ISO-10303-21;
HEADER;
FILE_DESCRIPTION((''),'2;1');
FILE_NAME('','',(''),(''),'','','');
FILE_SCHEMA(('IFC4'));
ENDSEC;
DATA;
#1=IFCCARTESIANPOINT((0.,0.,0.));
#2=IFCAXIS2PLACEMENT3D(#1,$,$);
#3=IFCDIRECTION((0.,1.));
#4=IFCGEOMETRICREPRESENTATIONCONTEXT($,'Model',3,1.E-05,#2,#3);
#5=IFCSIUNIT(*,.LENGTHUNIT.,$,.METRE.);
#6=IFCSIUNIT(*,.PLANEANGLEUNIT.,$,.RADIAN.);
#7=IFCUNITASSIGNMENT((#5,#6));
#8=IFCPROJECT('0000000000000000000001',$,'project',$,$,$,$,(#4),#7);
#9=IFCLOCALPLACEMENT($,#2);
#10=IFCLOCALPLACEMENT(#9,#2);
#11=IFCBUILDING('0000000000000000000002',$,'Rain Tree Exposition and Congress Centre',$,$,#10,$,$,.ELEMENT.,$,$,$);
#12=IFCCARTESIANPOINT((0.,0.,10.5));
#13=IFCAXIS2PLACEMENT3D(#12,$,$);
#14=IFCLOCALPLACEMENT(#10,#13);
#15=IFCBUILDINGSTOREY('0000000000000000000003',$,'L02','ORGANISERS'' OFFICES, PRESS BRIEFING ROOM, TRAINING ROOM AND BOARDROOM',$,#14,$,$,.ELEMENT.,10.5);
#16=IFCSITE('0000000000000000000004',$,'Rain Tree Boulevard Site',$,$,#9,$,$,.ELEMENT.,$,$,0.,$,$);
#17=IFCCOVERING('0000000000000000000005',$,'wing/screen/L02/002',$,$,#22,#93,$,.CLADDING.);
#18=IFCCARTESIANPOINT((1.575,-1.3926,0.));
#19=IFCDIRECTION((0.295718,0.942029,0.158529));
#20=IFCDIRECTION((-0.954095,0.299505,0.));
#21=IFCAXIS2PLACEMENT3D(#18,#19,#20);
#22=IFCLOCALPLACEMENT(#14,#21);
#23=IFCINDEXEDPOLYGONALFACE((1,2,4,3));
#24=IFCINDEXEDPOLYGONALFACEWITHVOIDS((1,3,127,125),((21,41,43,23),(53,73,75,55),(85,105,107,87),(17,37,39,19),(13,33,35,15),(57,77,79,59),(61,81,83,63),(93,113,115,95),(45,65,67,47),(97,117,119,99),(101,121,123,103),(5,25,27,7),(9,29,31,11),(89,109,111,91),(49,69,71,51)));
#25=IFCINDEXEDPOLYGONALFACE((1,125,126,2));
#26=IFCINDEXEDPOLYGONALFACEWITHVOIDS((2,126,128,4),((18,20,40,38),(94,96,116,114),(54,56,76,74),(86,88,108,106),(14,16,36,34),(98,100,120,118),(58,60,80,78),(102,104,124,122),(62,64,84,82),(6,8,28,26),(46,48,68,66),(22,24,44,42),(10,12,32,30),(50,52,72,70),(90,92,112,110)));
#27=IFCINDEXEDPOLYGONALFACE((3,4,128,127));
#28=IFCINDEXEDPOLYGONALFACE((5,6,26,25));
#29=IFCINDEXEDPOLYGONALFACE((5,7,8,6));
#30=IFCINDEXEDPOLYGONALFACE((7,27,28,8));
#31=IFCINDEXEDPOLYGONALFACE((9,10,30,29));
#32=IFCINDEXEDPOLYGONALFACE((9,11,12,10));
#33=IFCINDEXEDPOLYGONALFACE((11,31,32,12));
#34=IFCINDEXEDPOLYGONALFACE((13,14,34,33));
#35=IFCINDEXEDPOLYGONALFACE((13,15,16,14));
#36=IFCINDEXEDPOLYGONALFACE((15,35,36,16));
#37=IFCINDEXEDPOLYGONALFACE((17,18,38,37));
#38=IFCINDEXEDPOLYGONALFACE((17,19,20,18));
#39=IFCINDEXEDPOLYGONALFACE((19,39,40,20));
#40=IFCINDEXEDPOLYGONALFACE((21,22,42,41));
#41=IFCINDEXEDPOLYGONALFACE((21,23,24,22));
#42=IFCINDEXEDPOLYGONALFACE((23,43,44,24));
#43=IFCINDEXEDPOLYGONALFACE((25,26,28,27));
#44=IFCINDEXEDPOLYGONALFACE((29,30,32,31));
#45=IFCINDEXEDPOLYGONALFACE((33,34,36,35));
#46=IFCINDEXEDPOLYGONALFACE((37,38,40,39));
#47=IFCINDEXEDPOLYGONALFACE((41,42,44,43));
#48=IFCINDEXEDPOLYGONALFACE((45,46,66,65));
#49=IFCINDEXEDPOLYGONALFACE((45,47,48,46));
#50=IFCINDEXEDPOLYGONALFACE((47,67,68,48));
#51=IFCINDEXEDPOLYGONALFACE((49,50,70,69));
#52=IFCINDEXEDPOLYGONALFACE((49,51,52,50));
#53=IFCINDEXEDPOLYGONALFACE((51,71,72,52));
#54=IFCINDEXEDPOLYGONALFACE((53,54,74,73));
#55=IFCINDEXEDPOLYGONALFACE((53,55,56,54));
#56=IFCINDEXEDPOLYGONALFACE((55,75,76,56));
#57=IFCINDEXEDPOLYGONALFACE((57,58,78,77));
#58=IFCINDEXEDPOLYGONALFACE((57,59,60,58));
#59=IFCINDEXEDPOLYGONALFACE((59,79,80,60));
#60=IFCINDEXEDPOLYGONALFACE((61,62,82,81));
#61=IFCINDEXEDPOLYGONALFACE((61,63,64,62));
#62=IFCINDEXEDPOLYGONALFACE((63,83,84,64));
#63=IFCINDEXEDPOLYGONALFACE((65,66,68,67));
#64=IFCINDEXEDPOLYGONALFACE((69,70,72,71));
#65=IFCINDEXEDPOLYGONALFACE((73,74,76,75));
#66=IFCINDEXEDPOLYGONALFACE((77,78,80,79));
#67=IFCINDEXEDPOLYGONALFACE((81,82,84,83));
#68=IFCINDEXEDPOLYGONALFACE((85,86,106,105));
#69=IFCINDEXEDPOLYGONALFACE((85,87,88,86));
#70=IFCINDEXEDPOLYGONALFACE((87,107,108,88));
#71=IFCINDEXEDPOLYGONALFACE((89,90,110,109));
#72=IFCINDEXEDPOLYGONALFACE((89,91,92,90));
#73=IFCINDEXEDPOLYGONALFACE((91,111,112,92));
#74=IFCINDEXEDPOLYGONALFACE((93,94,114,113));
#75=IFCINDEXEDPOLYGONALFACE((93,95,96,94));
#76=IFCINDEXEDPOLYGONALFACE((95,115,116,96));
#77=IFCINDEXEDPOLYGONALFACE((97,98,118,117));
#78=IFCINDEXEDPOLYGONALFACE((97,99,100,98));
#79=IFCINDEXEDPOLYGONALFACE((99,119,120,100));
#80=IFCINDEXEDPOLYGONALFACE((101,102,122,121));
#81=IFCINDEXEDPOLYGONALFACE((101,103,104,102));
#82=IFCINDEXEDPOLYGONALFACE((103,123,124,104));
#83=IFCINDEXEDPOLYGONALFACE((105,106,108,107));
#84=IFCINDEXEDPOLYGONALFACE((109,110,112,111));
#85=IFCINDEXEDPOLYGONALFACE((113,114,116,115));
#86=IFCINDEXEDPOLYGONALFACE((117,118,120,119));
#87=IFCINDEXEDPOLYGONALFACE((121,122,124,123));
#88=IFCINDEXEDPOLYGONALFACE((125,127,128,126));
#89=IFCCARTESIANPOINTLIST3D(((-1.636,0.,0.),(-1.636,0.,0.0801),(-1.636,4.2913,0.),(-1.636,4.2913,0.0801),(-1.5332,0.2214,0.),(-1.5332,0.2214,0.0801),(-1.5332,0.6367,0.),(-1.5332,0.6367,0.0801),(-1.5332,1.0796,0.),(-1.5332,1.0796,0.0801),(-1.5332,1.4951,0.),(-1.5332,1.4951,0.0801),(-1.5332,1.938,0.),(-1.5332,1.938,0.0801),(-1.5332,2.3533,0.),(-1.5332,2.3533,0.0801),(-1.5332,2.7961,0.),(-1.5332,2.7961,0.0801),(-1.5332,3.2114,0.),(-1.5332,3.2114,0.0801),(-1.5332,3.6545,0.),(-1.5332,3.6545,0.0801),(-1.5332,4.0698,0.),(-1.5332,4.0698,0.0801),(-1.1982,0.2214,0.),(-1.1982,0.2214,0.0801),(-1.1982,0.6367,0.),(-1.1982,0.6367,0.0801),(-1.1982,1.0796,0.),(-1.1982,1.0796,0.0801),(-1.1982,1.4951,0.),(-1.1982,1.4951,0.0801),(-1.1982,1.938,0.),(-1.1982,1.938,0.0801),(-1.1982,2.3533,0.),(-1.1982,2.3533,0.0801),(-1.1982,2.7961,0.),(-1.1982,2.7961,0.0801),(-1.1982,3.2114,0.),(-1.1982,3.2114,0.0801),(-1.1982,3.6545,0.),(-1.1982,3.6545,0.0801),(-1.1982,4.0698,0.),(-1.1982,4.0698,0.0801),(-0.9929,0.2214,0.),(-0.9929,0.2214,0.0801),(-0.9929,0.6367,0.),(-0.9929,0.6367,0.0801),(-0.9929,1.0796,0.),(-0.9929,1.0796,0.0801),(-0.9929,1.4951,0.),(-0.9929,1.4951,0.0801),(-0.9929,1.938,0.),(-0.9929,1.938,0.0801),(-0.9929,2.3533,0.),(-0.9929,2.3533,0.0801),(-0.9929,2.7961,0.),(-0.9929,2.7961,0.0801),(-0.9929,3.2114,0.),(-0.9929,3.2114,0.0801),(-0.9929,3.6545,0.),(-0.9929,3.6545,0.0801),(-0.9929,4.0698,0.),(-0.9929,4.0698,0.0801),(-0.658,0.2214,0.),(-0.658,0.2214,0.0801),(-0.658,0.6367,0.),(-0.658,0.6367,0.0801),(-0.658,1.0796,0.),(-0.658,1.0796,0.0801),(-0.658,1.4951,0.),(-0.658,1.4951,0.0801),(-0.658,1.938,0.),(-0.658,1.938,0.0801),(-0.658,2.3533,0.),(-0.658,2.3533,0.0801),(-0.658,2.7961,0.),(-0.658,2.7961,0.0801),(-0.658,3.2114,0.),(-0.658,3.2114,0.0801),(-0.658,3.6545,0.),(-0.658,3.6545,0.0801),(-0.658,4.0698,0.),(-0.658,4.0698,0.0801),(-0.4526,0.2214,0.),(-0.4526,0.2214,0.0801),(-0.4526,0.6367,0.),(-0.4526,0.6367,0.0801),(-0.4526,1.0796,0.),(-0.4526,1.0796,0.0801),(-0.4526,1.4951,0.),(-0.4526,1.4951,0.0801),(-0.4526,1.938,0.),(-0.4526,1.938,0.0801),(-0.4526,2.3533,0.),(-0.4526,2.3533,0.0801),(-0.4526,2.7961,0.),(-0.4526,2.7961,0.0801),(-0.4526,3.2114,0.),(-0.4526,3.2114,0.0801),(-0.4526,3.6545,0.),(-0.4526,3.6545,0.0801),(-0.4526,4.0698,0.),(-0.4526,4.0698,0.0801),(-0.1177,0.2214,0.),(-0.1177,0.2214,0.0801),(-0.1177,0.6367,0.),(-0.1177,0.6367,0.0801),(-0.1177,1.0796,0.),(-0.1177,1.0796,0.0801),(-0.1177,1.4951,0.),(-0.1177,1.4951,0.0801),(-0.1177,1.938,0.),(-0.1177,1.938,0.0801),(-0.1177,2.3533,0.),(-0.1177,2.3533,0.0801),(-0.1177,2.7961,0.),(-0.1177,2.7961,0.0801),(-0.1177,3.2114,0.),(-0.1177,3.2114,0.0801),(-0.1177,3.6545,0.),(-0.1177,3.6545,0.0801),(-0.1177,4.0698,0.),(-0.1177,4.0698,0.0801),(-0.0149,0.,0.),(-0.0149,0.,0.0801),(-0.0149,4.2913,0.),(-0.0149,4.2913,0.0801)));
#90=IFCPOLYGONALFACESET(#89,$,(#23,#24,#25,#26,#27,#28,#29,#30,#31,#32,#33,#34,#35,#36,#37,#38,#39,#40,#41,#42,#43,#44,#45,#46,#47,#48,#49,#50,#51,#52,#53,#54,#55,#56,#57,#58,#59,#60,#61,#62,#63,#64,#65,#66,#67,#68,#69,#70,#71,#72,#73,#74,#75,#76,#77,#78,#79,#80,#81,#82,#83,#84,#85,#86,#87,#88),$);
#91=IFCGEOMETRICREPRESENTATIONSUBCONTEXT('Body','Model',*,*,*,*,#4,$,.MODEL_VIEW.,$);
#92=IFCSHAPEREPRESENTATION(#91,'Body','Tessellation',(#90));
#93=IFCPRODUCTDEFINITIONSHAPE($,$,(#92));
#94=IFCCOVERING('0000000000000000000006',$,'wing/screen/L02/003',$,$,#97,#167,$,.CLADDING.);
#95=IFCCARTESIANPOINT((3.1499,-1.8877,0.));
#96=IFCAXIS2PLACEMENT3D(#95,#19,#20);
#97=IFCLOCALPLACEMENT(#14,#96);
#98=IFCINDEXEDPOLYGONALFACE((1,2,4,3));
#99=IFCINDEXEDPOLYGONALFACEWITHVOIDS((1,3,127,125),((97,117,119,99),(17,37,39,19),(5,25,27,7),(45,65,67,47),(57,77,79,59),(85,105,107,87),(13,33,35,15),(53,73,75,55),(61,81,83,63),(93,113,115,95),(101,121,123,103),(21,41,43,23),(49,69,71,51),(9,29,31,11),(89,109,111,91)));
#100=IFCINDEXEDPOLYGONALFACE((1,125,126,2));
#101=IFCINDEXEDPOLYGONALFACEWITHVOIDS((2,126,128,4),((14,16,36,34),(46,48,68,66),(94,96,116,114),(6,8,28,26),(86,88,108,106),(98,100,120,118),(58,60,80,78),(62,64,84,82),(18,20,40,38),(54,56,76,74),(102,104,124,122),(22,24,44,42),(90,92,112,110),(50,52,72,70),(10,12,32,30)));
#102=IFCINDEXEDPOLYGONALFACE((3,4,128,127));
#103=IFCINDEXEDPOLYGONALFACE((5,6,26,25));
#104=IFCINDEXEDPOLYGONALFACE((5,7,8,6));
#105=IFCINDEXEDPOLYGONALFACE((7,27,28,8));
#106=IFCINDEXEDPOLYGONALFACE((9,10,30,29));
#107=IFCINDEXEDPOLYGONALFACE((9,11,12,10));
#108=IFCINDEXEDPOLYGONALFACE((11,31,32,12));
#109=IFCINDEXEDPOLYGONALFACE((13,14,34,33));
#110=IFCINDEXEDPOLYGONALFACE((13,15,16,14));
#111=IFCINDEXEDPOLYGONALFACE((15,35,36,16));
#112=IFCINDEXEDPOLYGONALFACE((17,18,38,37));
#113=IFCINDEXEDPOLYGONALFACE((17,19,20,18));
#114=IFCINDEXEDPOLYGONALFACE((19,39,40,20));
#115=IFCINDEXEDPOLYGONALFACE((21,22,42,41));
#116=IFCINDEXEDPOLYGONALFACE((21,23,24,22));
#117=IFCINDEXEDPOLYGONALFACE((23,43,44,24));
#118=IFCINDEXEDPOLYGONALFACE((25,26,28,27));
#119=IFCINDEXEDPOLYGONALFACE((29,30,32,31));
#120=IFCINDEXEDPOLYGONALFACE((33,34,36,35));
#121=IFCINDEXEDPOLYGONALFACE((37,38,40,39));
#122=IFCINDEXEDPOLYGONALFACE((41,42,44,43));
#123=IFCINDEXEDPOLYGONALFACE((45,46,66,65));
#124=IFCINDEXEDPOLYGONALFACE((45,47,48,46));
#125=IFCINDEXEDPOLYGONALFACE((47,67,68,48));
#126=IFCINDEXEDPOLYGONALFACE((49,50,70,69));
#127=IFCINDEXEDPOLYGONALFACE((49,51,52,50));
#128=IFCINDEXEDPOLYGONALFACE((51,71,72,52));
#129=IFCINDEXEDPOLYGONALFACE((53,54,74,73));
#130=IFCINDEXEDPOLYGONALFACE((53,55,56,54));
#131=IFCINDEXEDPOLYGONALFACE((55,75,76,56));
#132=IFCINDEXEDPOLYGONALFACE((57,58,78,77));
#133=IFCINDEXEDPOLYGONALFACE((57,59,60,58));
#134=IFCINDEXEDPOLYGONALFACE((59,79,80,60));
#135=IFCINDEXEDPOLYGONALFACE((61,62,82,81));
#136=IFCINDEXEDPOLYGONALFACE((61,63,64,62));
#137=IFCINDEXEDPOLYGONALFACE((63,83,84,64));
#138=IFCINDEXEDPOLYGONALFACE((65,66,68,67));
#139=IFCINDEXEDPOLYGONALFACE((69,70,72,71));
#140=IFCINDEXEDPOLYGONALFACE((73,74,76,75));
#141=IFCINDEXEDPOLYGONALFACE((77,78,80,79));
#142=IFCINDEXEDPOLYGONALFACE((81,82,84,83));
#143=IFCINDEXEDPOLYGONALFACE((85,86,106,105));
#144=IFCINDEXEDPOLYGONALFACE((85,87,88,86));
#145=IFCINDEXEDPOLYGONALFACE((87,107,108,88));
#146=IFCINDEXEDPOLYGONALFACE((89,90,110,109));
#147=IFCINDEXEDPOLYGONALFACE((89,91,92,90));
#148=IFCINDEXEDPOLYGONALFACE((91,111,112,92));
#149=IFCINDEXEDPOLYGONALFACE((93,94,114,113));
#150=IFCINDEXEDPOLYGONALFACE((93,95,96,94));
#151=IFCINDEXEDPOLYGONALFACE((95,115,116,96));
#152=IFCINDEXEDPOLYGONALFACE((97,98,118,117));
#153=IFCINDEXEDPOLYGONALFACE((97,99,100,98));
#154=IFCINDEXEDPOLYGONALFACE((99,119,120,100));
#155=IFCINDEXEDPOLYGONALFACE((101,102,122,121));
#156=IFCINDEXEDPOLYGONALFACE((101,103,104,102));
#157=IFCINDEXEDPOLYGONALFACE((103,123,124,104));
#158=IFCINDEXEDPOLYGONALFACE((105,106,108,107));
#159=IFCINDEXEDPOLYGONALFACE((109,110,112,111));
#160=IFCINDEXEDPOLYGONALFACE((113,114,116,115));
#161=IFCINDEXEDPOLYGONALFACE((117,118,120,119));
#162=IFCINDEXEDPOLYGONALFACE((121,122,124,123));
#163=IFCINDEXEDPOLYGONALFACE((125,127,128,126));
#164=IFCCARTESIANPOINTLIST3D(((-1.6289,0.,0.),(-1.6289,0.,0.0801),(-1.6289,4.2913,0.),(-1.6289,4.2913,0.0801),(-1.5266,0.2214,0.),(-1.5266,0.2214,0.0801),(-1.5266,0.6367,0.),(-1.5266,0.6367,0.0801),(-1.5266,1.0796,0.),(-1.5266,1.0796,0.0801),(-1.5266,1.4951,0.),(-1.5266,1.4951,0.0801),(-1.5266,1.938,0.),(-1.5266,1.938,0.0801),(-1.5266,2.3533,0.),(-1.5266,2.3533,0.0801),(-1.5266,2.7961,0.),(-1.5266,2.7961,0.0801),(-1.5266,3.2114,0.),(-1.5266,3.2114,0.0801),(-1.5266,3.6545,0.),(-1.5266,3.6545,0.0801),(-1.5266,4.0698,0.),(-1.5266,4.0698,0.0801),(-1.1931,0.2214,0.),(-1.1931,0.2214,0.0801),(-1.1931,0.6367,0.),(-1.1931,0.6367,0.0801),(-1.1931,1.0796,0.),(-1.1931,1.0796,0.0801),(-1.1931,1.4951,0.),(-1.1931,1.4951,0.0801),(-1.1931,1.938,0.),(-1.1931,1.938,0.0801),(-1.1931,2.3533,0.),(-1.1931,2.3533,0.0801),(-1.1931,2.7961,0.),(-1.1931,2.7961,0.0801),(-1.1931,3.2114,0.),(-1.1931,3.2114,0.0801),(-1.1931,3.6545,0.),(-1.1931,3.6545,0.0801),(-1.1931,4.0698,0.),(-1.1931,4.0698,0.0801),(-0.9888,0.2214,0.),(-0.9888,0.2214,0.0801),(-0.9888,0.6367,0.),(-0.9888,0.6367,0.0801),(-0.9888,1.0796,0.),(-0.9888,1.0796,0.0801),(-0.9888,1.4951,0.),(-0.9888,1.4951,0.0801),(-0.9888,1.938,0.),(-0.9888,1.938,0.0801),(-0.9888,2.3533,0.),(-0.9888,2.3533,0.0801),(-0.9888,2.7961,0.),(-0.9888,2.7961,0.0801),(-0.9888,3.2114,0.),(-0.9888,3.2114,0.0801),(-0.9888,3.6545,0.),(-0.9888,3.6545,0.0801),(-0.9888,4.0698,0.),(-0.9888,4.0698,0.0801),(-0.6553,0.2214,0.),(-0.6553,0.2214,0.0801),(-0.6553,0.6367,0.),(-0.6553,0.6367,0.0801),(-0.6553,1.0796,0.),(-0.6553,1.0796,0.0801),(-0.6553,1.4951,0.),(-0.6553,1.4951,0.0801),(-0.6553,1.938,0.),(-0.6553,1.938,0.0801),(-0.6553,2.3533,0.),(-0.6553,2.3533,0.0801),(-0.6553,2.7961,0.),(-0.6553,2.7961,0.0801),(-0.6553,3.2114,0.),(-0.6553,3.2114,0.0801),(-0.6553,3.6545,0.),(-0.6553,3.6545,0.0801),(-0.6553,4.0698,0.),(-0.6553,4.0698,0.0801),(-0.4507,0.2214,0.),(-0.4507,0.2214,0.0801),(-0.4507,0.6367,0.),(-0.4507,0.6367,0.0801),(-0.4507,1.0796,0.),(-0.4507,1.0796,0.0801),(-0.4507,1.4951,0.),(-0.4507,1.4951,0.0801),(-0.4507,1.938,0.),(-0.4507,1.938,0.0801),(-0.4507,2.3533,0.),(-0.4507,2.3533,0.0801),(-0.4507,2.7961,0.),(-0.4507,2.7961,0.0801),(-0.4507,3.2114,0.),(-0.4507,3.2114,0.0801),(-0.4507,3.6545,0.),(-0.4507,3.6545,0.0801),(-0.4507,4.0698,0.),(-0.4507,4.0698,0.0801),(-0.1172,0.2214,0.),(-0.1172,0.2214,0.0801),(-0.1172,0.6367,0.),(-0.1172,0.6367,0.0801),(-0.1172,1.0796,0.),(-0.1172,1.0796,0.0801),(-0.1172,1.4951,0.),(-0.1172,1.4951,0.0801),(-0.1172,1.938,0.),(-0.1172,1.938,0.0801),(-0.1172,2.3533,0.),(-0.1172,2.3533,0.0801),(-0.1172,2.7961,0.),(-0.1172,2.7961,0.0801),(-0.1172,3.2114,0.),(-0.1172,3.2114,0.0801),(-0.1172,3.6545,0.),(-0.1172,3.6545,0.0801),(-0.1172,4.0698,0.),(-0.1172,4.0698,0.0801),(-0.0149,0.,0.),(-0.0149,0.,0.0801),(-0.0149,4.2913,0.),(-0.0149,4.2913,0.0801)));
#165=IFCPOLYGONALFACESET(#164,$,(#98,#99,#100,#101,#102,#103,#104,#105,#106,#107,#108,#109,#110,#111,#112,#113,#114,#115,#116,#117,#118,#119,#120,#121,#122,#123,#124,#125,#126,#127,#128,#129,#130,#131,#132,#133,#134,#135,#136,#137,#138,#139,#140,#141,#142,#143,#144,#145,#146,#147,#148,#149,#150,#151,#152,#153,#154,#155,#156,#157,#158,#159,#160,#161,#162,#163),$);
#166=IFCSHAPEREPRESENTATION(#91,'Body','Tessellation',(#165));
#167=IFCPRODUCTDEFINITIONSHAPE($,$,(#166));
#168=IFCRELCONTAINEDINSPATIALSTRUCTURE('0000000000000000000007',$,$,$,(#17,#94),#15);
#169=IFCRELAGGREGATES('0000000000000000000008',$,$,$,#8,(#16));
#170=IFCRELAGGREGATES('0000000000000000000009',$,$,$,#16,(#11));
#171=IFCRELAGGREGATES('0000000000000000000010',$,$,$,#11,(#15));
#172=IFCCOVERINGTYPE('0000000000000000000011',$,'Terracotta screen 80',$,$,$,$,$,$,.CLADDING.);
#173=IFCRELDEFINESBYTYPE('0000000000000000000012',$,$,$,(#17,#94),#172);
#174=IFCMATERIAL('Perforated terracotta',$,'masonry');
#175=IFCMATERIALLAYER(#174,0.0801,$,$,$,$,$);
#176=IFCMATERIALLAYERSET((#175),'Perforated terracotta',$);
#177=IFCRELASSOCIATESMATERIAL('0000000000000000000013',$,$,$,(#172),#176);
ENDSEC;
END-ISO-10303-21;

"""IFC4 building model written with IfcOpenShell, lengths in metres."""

from ifc_helpers import new_model, si_unit, direction, frame, origin, place, context, subcontext, project, spatial, polyline, outline, extrude, material, layer, layer_set, type_object, element, save


model = new_model("IFC4")

# Units and contexts
model_context = context("Model", 3, precision=1e-05, world=origin(), true_north=direction((0.0, 1.0)))
body_context = subcontext(model_context, "Body", "Model", "MODEL_VIEW")
ifc_project = project(units=[si_unit("LENGTHUNIT", "METRE"), si_unit("PLANEANGLEUNIT", "RADIAN")], contexts=[model_context])

# Site, building, storey
site_placement = place(None, origin())
site = spatial("IfcSite", under=ifc_project, at=site_placement, Name="Rain Tree Boulevard Site", CompositionType="ELEMENT", RefElevation=0.0)
building_placement = place(site_placement, origin())
building = spatial("IfcBuilding", under=site, at=building_placement, Name="Rain Tree Exposition and Congress Centre", CompositionType="ELEMENT")
storey_placement = place(building_placement, frame((0.0, 0.0, 10.5)))
storey = spatial("IfcBuildingStorey", under=building, at=storey_placement, Name="L02", Description="ORGANISERS' OFFICES, PRESS BRIEFING ROOM, TRAINING ROOM AND BOARDROOM", CompositionType="ELEMENT", Elevation=10.5)

# Coverings
ifc_material_1 = material(Name="Perforated terracotta", Category="masonry")
ifc_layer_1 = layer(ifc_material_1, 0.0801)
ifc_layer_set_1 = layer_set([ifc_layer_1], Name="Perforated terracotta")
covering_type = type_object("IfcCoveringType", Name="Terracotta screen 80", PredefinedType="CLADDING", material=ifc_layer_set_1)
covering_1_placement = place(storey_placement, frame((1.575, -1.3926, 0.0), z_axis=(0.295718, 0.942029, 0.158529), x_axis=(-0.954095, 0.299505, 0.0)))
element("IfcCovering", 1, at=covering_1_placement, inside=storey, type_object=covering_type, Name="wing/screen/L02/002", PredefinedType="CLADDING", context=body_context, shape_type="SweptSolid", body=[
    extrude(outline(polyline([(-1.636, 0.0), (-1.636, 4.2913), (-0.0149, 4.2913), (-0.0149, 0.0), (-1.636, 0.0)]), holes=[polyline([(-0.1177, 0.2214), (-0.1177, 0.6367), (-0.4526, 0.6367), (-0.4526, 0.2214), (-0.1177, 0.2214)]), polyline([(-0.1177, 1.0796), (-0.1177, 1.4951), (-0.4526, 1.4951), (-0.4526, 1.0796), (-0.1177, 1.0796)]), polyline([(-0.1177, 1.938), (-0.1177, 2.3533), (-0.4526, 2.3533), (-0.4526, 1.938), (-0.1177, 1.938)]), polyline([(-0.1177, 2.7961), (-0.1177, 3.2114), (-0.4526, 3.2114), (-0.4526, 2.7961), (-0.1177, 2.7961)]), polyline([(-0.1177, 3.6545), (-0.1177, 4.0698), (-0.4526, 4.0698), (-0.4526, 3.6545), (-0.1177, 3.6545)]), polyline([(-0.658, 0.2214), (-0.658, 0.6367), (-0.9929, 0.6367), (-0.9929, 0.2214), (-0.658, 0.2214)]), polyline([(-0.658, 1.0796), (-0.658, 1.4951), (-0.9929, 1.4951), (-0.9929, 1.0796), (-0.658, 1.0796)]), polyline([(-0.658, 1.938), (-0.658, 2.3533), (-0.9929, 2.3533), (-0.9929, 1.938), (-0.658, 1.938)]), polyline([(-0.658, 2.7961), (-0.658, 3.2114), (-0.9929, 3.2114), (-0.9929, 2.7961), (-0.658, 2.7961)]), polyline([(-0.658, 3.6545), (-0.658, 4.0698), (-0.9929, 4.0698), (-0.9929, 3.6545), (-0.658, 3.6545)]), polyline([(-1.1982, 0.2214), (-1.1982, 0.6367), (-1.5332, 0.6367), (-1.5332, 0.2214), (-1.1982, 0.2214)]), polyline([(-1.1982, 1.0796), (-1.1982, 1.4951), (-1.5332, 1.4951), (-1.5332, 1.0796), (-1.1982, 1.0796)]), polyline([(-1.1982, 1.938), (-1.1982, 2.3533), (-1.5332, 2.3533), (-1.5332, 1.938), (-1.1982, 1.938)]), polyline([(-1.1982, 2.7961), (-1.1982, 3.2114), (-1.5332, 3.2114), (-1.5332, 2.7961), (-1.1982, 2.7961)]), polyline([(-1.1982, 3.6545), (-1.1982, 4.0698), (-1.5332, 4.0698), (-1.5332, 3.6545), (-1.1982, 3.6545)])]), origin(), (0.0, 0.0, 1.0), 0.0801),
])
covering_2_placement = place(storey_placement, frame((3.1499, -1.8877, 0.0), z_axis=(0.295718, 0.942029, 0.158529), x_axis=(-0.954095, 0.299505, 0.0)))
element("IfcCovering", 2, at=covering_2_placement, inside=storey, type_object=covering_type, Name="wing/screen/L02/003", PredefinedType="CLADDING", context=body_context, shape_type="SweptSolid", body=[
    extrude(outline(polyline([(-1.6289, 0.0), (-1.6289, 4.2913), (-0.0149, 4.2913), (-0.0149, 0.0), (-1.6289, 0.0)]), holes=[polyline([(-0.1172, 0.2214), (-0.1172, 0.6367), (-0.4507, 0.6367), (-0.4507, 0.2214), (-0.1172, 0.2214)]), polyline([(-0.1172, 1.0796), (-0.1172, 1.4951), (-0.4507, 1.4951), (-0.4507, 1.0796), (-0.1172, 1.0796)]), polyline([(-0.1172, 1.938), (-0.1172, 2.3533), (-0.4507, 2.3533), (-0.4507, 1.938), (-0.1172, 1.938)]), polyline([(-0.1172, 2.7961), (-0.1172, 3.2114), (-0.4507, 3.2114), (-0.4507, 2.7961), (-0.1172, 2.7961)]), polyline([(-0.1172, 3.6545), (-0.1172, 4.0698), (-0.4507, 4.0698), (-0.4507, 3.6545), (-0.1172, 3.6545)]), polyline([(-0.6553, 0.2214), (-0.6553, 0.6367), (-0.9888, 0.6367), (-0.9888, 0.2214), (-0.6553, 0.2214)]), polyline([(-0.6553, 1.0796), (-0.6553, 1.4951), (-0.9888, 1.4951), (-0.9888, 1.0796), (-0.6553, 1.0796)]), polyline([(-0.6553, 1.938), (-0.6553, 2.3533), (-0.9888, 2.3533), (-0.9888, 1.938), (-0.6553, 1.938)]), polyline([(-0.6553, 2.7961), (-0.6553, 3.2114), (-0.9888, 3.2114), (-0.9888, 2.7961), (-0.6553, 2.7961)]), polyline([(-0.6553, 3.6545), (-0.6553, 4.0698), (-0.9888, 4.0698), (-0.9888, 3.6545), (-0.6553, 3.6545)]), polyline([(-1.1931, 0.2214), (-1.1931, 0.6367), (-1.5266, 0.6367), (-1.5266, 0.2214), (-1.1931, 0.2214)]), polyline([(-1.1931, 1.0796), (-1.1931, 1.4951), (-1.5266, 1.4951), (-1.5266, 1.0796), (-1.1931, 1.0796)]), polyline([(-1.1931, 1.938), (-1.1931, 2.3533), (-1.5266, 2.3533), (-1.5266, 1.938), (-1.1931, 1.938)]), polyline([(-1.1931, 2.7961), (-1.1931, 3.2114), (-1.5266, 3.2114), (-1.5266, 2.7961), (-1.1931, 2.7961)]), polyline([(-1.1931, 3.6545), (-1.1931, 4.0698), (-1.5266, 4.0698), (-1.5266, 3.6545), (-1.1931, 3.6545)])]), origin(), (0.0, 0.0, 1.0), 0.0801),
])

save(model, "model.ifc")
